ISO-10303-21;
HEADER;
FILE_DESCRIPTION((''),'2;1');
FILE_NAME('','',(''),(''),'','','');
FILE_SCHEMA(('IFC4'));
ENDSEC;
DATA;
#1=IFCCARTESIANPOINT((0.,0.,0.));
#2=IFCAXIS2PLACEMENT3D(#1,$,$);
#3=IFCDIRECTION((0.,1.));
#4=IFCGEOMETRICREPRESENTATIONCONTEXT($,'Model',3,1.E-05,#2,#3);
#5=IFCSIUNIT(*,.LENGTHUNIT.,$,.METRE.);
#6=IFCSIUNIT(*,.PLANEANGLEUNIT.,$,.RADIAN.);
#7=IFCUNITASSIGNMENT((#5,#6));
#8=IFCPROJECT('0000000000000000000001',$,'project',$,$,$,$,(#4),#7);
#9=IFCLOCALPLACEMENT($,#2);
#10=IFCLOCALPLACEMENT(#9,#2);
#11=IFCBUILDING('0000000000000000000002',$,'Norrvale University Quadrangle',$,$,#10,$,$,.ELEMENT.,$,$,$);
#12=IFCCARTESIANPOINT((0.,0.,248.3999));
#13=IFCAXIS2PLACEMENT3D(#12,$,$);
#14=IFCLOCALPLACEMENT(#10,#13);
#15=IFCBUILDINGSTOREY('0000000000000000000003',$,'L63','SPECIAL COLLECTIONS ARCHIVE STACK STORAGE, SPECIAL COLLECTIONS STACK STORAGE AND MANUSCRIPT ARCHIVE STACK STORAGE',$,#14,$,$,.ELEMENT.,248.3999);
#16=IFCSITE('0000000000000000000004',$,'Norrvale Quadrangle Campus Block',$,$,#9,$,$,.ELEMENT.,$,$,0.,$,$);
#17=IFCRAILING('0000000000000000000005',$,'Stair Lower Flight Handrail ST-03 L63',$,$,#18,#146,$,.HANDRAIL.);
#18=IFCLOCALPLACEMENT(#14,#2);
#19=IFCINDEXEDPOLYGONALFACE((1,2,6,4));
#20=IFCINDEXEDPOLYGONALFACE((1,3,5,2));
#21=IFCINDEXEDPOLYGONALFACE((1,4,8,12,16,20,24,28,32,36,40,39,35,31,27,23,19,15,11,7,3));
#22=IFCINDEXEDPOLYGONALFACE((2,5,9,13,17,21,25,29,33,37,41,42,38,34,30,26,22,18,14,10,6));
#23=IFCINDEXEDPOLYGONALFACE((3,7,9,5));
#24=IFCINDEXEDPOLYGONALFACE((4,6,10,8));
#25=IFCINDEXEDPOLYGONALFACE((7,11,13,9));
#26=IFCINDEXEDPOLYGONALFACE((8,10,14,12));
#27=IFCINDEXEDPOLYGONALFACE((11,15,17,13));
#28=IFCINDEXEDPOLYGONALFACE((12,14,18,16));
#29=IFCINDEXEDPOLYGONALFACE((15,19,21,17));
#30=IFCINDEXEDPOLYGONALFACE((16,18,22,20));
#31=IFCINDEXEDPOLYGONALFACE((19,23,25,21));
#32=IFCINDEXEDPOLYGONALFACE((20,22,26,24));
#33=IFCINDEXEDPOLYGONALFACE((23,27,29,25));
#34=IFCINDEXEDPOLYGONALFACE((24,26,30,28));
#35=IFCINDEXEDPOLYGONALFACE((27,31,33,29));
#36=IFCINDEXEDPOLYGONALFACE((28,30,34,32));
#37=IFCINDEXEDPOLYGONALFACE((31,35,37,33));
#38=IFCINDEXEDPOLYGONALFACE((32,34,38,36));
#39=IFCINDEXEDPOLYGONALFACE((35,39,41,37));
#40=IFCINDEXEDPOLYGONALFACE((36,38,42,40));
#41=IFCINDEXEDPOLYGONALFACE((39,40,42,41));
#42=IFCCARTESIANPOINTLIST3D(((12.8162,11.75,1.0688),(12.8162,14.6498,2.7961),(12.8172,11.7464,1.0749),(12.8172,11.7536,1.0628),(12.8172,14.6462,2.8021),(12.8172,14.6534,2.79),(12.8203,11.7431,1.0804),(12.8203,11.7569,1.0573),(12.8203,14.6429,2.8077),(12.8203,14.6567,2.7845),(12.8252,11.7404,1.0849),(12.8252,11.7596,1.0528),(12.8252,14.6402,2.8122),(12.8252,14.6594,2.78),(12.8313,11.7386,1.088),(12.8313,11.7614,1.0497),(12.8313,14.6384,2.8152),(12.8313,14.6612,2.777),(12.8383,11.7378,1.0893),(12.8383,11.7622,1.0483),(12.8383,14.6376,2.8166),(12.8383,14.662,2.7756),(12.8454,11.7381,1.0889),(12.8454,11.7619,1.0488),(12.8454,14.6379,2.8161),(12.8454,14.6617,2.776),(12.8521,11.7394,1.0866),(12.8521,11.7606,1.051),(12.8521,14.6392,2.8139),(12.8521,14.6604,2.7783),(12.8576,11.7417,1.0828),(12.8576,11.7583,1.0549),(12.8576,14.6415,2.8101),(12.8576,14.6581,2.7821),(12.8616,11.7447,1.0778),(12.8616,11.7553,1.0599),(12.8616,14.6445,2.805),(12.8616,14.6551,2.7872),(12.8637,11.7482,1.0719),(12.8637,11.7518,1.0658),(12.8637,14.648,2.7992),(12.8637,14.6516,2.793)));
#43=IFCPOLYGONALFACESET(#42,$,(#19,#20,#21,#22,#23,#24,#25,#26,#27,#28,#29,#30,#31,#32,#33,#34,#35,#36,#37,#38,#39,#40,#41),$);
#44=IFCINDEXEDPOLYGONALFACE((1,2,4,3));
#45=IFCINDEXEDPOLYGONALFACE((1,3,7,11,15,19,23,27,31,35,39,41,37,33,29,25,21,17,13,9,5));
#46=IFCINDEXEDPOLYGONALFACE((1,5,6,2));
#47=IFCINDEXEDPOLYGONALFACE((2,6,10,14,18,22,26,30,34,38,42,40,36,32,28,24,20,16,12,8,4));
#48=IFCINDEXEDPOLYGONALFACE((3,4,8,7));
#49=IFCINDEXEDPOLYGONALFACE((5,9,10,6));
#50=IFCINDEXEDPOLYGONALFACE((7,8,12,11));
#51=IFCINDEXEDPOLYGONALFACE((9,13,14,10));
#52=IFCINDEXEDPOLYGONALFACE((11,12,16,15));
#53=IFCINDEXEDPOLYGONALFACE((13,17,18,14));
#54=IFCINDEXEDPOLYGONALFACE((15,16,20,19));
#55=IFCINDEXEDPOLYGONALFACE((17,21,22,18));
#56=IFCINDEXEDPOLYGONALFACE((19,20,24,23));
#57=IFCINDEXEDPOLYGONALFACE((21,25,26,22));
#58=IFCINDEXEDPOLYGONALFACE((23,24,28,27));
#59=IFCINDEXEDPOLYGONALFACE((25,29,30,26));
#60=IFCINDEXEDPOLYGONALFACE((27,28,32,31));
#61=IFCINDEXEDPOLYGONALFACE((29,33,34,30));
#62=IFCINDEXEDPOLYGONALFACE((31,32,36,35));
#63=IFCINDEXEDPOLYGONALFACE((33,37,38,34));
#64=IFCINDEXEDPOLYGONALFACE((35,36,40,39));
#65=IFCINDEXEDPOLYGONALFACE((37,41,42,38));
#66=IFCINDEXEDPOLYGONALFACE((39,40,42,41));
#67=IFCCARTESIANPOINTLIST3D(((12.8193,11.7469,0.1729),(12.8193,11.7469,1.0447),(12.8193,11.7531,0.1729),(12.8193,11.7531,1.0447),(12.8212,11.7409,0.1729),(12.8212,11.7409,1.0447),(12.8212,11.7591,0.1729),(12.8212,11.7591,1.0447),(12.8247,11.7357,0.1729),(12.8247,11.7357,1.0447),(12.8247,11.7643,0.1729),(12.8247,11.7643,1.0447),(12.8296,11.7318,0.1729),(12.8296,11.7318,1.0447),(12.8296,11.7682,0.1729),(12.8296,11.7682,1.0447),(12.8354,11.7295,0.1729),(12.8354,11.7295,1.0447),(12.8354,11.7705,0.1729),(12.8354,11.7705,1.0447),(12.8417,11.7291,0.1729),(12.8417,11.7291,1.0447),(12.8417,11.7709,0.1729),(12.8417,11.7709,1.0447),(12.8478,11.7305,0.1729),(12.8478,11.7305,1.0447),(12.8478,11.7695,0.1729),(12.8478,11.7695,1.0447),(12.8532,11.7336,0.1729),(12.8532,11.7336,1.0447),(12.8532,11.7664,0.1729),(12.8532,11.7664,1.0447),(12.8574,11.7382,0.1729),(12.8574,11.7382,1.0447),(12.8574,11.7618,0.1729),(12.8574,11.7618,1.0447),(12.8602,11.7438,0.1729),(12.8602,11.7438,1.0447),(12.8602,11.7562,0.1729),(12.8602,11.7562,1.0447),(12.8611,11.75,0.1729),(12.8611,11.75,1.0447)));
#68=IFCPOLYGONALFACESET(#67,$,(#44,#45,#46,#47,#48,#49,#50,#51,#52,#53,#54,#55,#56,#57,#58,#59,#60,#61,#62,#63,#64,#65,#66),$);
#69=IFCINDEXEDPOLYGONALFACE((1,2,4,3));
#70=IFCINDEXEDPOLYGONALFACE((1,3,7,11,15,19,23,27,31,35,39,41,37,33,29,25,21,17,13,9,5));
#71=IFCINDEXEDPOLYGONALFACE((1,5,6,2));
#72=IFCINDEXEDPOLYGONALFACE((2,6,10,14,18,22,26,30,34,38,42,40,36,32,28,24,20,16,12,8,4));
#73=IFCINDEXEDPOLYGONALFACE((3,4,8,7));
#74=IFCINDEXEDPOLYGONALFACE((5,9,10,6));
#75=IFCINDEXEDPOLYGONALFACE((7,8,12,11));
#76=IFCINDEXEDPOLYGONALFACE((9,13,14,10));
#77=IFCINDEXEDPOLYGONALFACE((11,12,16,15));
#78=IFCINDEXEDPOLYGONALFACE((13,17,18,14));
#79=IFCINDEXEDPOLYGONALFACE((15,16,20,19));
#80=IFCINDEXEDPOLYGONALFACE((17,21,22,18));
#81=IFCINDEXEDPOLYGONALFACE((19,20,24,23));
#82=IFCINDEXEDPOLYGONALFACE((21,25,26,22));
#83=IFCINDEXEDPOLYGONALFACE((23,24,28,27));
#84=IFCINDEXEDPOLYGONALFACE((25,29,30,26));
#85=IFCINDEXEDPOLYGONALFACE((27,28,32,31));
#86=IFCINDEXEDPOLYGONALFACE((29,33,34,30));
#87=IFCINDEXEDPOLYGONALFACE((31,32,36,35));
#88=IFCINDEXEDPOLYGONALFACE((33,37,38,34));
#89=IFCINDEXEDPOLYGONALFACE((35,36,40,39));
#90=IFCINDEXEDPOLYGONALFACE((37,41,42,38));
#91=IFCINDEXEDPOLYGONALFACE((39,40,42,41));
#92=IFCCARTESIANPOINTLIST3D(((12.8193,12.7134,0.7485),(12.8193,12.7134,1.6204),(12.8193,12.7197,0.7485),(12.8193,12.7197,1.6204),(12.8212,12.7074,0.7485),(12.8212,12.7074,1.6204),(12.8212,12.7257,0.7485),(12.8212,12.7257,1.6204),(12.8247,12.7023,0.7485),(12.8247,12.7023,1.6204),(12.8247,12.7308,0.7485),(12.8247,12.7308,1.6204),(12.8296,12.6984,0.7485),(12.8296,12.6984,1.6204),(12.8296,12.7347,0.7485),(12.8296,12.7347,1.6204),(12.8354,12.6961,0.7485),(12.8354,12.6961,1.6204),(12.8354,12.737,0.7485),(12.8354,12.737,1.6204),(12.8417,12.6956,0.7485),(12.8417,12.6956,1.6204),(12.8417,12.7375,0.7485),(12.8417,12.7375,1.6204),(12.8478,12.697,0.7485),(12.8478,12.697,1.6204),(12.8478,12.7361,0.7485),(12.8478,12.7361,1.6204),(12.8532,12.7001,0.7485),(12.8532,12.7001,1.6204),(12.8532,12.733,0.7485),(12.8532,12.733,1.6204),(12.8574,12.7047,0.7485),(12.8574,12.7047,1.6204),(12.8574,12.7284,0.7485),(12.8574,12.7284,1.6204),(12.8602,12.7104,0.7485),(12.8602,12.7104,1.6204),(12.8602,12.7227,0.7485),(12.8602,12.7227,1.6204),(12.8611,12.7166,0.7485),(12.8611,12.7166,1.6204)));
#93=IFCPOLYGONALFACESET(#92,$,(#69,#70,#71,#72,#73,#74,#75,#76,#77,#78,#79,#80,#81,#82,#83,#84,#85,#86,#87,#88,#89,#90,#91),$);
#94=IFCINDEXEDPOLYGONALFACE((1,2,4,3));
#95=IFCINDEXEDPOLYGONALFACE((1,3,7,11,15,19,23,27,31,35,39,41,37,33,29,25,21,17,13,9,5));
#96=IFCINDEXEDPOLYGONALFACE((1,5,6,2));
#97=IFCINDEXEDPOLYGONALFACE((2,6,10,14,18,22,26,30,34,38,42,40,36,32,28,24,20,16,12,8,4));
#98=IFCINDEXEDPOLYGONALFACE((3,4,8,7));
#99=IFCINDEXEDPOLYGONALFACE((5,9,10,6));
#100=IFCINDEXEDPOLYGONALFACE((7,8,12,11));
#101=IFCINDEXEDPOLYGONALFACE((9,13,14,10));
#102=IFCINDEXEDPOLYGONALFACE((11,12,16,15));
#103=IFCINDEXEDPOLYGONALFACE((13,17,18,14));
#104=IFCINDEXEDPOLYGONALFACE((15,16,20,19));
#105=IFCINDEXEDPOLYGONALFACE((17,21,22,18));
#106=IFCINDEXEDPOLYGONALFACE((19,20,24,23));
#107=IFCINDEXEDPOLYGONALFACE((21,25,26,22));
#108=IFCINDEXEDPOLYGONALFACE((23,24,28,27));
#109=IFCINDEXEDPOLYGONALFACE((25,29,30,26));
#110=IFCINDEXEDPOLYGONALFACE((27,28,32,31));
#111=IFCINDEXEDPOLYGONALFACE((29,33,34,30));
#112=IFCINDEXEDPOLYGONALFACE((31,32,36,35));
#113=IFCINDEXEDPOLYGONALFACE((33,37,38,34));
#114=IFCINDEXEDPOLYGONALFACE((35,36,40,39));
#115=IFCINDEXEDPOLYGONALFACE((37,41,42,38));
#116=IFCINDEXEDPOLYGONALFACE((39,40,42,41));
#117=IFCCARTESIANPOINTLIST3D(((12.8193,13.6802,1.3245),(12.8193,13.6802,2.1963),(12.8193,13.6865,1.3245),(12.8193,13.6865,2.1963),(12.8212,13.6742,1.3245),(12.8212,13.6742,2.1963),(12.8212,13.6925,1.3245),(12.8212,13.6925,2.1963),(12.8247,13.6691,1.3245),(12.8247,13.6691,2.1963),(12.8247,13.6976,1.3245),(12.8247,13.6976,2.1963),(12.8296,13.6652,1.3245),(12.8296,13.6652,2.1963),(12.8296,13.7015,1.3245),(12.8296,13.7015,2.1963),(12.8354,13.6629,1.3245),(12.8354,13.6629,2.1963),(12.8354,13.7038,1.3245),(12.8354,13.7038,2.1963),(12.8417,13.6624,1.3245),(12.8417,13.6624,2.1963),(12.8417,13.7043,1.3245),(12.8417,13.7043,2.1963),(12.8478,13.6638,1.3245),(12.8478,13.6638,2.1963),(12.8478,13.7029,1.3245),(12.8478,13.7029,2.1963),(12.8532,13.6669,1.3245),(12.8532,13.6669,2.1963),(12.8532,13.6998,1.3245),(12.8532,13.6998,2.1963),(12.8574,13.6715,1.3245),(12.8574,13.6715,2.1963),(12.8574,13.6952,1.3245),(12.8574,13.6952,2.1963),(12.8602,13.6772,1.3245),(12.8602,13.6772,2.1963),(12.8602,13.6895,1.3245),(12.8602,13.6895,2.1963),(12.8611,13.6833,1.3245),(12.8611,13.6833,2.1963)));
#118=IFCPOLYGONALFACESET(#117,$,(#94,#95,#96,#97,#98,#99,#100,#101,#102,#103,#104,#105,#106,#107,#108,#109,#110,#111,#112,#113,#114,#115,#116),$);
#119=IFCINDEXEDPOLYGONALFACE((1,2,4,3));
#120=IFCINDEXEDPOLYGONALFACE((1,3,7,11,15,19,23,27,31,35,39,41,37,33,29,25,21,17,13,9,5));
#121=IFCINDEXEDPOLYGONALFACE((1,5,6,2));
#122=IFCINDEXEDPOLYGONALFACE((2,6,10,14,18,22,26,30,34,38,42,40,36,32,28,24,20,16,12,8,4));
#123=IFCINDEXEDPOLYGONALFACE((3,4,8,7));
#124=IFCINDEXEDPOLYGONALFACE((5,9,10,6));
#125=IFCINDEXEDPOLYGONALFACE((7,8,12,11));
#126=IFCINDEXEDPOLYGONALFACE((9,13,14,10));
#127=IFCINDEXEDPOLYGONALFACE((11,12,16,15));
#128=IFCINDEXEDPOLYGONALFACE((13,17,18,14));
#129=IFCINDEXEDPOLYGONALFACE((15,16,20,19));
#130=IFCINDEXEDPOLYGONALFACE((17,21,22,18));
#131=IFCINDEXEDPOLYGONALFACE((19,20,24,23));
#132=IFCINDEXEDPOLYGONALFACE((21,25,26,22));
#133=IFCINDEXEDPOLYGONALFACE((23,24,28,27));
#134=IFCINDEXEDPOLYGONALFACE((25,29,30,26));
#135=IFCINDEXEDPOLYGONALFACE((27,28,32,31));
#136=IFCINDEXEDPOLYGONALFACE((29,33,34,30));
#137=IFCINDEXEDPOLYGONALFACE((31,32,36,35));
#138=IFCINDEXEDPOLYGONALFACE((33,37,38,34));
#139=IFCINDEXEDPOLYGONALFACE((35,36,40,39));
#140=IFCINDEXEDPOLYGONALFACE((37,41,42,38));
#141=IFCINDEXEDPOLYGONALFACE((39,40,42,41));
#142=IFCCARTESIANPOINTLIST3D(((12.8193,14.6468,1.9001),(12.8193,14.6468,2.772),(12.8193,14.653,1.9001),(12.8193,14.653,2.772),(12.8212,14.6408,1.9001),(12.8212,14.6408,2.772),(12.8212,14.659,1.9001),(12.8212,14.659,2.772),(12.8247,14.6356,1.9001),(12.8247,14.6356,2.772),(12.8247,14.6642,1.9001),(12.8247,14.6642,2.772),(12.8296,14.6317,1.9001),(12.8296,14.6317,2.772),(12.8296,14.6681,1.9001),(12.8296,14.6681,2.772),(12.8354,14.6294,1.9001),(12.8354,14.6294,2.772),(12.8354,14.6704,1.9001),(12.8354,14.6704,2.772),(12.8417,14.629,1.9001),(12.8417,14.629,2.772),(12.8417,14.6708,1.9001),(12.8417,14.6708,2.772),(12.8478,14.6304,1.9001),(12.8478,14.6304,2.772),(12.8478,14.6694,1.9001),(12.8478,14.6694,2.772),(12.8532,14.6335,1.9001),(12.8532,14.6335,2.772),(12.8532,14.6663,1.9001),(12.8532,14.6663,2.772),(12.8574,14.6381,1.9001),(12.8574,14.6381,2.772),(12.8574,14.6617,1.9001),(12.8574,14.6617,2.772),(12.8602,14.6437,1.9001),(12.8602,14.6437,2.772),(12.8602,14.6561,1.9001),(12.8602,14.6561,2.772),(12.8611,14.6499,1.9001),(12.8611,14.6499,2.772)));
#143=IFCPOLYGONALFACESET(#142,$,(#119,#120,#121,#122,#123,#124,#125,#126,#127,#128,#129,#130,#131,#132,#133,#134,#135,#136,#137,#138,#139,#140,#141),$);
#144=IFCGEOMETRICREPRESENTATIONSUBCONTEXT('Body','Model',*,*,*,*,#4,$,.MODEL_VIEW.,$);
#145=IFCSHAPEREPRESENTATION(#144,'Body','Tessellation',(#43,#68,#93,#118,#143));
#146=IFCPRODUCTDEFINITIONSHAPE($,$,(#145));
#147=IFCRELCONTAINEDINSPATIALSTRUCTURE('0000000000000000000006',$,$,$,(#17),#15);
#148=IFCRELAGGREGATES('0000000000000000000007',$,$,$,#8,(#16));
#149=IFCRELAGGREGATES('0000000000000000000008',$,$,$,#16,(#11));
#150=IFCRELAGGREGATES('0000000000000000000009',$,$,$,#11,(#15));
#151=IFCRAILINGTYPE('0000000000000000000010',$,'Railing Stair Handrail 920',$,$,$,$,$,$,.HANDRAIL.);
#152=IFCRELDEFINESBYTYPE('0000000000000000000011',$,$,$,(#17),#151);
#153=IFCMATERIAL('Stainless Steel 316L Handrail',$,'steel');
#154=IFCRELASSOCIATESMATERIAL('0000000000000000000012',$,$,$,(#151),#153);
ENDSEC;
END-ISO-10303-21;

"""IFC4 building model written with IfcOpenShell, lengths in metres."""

from ifc_helpers import new_model, si_unit, direction, frame, origin, origin_2d, place, context, subcontext, project, spatial, circle, extrude, material, type_object, element, save


model = new_model("IFC4")

# Units and contexts
model_context = context("Model", 3, precision=1e-05, world=origin(), true_north=direction((0.0, 1.0)))
body_context = subcontext(model_context, "Body", "Model", "MODEL_VIEW")
ifc_project = project(units=[si_unit("LENGTHUNIT", "METRE"), si_unit("PLANEANGLEUNIT", "RADIAN")], contexts=[model_context])

# Site, building, storey
site_placement = place(None, origin())
site = spatial("IfcSite", under=ifc_project, at=site_placement, Name="Norrvale Quadrangle Campus Block", CompositionType="ELEMENT", RefElevation=0.0)
building_placement = place(site_placement, origin())
building = spatial("IfcBuilding", under=site, at=building_placement, Name="Norrvale University Quadrangle", CompositionType="ELEMENT")
storey_placement = place(building_placement, frame((0.0, 0.0, 248.3999)))
storey = spatial("IfcBuildingStorey", under=building, at=storey_placement, Name="L63", Description="SPECIAL COLLECTIONS ARCHIVE STACK STORAGE, SPECIAL COLLECTIONS STACK STORAGE AND MANUSCRIPT ARCHIVE STACK STORAGE", CompositionType="ELEMENT", Elevation=248.3999)

# Railing
ifc_material_1 = material(Name="Stainless Steel 316L Handrail", Category="steel")
railing_type_1 = type_object("IfcRailingType", Name="Railing Stair Handrail 920", PredefinedType="HANDRAIL", material=ifc_material_1)
railing_1_placement = place(storey_placement, frame((12.8401, 11.75, 0.1729)))
element("IfcRailing", 1, at=railing_1_placement, inside=storey, type_object=railing_type_1, Name="Stair Lower Flight Handrail ST-03 L63", PredefinedType="HANDRAIL", context=body_context, shape_type="SweptSolid", body=[
    extrude(circle(Radius=0.0239, at=origin_2d()), frame((0.0, 0.0, 0.896), z_axis=(0.0, 0.859141, 0.511738), x_axis=(-1.0, 0.0, 0.0)), (0.0, 0.0, 1.0), 3.3752),
    extrude(circle(Radius=0.021, at=origin_2d()), origin(), (0.0, 0.0, 1.0), 0.8718),
    extrude(circle(Radius=0.021, at=origin_2d()), frame((0.0, 0.9666, 0.5757)), (0.0, 0.0, 1.0), 0.8718),
    extrude(circle(Radius=0.021, at=origin_2d()), frame((0.0, 1.9333, 1.1516)), (0.0, 0.0, 1.0), 0.8718),
    extrude(circle(Radius=0.021, at=origin_2d()), frame((0.0, 2.8999, 1.7273)), (0.0, 0.0, 1.0), 0.8718),
])

save(model, "model.ifc")
